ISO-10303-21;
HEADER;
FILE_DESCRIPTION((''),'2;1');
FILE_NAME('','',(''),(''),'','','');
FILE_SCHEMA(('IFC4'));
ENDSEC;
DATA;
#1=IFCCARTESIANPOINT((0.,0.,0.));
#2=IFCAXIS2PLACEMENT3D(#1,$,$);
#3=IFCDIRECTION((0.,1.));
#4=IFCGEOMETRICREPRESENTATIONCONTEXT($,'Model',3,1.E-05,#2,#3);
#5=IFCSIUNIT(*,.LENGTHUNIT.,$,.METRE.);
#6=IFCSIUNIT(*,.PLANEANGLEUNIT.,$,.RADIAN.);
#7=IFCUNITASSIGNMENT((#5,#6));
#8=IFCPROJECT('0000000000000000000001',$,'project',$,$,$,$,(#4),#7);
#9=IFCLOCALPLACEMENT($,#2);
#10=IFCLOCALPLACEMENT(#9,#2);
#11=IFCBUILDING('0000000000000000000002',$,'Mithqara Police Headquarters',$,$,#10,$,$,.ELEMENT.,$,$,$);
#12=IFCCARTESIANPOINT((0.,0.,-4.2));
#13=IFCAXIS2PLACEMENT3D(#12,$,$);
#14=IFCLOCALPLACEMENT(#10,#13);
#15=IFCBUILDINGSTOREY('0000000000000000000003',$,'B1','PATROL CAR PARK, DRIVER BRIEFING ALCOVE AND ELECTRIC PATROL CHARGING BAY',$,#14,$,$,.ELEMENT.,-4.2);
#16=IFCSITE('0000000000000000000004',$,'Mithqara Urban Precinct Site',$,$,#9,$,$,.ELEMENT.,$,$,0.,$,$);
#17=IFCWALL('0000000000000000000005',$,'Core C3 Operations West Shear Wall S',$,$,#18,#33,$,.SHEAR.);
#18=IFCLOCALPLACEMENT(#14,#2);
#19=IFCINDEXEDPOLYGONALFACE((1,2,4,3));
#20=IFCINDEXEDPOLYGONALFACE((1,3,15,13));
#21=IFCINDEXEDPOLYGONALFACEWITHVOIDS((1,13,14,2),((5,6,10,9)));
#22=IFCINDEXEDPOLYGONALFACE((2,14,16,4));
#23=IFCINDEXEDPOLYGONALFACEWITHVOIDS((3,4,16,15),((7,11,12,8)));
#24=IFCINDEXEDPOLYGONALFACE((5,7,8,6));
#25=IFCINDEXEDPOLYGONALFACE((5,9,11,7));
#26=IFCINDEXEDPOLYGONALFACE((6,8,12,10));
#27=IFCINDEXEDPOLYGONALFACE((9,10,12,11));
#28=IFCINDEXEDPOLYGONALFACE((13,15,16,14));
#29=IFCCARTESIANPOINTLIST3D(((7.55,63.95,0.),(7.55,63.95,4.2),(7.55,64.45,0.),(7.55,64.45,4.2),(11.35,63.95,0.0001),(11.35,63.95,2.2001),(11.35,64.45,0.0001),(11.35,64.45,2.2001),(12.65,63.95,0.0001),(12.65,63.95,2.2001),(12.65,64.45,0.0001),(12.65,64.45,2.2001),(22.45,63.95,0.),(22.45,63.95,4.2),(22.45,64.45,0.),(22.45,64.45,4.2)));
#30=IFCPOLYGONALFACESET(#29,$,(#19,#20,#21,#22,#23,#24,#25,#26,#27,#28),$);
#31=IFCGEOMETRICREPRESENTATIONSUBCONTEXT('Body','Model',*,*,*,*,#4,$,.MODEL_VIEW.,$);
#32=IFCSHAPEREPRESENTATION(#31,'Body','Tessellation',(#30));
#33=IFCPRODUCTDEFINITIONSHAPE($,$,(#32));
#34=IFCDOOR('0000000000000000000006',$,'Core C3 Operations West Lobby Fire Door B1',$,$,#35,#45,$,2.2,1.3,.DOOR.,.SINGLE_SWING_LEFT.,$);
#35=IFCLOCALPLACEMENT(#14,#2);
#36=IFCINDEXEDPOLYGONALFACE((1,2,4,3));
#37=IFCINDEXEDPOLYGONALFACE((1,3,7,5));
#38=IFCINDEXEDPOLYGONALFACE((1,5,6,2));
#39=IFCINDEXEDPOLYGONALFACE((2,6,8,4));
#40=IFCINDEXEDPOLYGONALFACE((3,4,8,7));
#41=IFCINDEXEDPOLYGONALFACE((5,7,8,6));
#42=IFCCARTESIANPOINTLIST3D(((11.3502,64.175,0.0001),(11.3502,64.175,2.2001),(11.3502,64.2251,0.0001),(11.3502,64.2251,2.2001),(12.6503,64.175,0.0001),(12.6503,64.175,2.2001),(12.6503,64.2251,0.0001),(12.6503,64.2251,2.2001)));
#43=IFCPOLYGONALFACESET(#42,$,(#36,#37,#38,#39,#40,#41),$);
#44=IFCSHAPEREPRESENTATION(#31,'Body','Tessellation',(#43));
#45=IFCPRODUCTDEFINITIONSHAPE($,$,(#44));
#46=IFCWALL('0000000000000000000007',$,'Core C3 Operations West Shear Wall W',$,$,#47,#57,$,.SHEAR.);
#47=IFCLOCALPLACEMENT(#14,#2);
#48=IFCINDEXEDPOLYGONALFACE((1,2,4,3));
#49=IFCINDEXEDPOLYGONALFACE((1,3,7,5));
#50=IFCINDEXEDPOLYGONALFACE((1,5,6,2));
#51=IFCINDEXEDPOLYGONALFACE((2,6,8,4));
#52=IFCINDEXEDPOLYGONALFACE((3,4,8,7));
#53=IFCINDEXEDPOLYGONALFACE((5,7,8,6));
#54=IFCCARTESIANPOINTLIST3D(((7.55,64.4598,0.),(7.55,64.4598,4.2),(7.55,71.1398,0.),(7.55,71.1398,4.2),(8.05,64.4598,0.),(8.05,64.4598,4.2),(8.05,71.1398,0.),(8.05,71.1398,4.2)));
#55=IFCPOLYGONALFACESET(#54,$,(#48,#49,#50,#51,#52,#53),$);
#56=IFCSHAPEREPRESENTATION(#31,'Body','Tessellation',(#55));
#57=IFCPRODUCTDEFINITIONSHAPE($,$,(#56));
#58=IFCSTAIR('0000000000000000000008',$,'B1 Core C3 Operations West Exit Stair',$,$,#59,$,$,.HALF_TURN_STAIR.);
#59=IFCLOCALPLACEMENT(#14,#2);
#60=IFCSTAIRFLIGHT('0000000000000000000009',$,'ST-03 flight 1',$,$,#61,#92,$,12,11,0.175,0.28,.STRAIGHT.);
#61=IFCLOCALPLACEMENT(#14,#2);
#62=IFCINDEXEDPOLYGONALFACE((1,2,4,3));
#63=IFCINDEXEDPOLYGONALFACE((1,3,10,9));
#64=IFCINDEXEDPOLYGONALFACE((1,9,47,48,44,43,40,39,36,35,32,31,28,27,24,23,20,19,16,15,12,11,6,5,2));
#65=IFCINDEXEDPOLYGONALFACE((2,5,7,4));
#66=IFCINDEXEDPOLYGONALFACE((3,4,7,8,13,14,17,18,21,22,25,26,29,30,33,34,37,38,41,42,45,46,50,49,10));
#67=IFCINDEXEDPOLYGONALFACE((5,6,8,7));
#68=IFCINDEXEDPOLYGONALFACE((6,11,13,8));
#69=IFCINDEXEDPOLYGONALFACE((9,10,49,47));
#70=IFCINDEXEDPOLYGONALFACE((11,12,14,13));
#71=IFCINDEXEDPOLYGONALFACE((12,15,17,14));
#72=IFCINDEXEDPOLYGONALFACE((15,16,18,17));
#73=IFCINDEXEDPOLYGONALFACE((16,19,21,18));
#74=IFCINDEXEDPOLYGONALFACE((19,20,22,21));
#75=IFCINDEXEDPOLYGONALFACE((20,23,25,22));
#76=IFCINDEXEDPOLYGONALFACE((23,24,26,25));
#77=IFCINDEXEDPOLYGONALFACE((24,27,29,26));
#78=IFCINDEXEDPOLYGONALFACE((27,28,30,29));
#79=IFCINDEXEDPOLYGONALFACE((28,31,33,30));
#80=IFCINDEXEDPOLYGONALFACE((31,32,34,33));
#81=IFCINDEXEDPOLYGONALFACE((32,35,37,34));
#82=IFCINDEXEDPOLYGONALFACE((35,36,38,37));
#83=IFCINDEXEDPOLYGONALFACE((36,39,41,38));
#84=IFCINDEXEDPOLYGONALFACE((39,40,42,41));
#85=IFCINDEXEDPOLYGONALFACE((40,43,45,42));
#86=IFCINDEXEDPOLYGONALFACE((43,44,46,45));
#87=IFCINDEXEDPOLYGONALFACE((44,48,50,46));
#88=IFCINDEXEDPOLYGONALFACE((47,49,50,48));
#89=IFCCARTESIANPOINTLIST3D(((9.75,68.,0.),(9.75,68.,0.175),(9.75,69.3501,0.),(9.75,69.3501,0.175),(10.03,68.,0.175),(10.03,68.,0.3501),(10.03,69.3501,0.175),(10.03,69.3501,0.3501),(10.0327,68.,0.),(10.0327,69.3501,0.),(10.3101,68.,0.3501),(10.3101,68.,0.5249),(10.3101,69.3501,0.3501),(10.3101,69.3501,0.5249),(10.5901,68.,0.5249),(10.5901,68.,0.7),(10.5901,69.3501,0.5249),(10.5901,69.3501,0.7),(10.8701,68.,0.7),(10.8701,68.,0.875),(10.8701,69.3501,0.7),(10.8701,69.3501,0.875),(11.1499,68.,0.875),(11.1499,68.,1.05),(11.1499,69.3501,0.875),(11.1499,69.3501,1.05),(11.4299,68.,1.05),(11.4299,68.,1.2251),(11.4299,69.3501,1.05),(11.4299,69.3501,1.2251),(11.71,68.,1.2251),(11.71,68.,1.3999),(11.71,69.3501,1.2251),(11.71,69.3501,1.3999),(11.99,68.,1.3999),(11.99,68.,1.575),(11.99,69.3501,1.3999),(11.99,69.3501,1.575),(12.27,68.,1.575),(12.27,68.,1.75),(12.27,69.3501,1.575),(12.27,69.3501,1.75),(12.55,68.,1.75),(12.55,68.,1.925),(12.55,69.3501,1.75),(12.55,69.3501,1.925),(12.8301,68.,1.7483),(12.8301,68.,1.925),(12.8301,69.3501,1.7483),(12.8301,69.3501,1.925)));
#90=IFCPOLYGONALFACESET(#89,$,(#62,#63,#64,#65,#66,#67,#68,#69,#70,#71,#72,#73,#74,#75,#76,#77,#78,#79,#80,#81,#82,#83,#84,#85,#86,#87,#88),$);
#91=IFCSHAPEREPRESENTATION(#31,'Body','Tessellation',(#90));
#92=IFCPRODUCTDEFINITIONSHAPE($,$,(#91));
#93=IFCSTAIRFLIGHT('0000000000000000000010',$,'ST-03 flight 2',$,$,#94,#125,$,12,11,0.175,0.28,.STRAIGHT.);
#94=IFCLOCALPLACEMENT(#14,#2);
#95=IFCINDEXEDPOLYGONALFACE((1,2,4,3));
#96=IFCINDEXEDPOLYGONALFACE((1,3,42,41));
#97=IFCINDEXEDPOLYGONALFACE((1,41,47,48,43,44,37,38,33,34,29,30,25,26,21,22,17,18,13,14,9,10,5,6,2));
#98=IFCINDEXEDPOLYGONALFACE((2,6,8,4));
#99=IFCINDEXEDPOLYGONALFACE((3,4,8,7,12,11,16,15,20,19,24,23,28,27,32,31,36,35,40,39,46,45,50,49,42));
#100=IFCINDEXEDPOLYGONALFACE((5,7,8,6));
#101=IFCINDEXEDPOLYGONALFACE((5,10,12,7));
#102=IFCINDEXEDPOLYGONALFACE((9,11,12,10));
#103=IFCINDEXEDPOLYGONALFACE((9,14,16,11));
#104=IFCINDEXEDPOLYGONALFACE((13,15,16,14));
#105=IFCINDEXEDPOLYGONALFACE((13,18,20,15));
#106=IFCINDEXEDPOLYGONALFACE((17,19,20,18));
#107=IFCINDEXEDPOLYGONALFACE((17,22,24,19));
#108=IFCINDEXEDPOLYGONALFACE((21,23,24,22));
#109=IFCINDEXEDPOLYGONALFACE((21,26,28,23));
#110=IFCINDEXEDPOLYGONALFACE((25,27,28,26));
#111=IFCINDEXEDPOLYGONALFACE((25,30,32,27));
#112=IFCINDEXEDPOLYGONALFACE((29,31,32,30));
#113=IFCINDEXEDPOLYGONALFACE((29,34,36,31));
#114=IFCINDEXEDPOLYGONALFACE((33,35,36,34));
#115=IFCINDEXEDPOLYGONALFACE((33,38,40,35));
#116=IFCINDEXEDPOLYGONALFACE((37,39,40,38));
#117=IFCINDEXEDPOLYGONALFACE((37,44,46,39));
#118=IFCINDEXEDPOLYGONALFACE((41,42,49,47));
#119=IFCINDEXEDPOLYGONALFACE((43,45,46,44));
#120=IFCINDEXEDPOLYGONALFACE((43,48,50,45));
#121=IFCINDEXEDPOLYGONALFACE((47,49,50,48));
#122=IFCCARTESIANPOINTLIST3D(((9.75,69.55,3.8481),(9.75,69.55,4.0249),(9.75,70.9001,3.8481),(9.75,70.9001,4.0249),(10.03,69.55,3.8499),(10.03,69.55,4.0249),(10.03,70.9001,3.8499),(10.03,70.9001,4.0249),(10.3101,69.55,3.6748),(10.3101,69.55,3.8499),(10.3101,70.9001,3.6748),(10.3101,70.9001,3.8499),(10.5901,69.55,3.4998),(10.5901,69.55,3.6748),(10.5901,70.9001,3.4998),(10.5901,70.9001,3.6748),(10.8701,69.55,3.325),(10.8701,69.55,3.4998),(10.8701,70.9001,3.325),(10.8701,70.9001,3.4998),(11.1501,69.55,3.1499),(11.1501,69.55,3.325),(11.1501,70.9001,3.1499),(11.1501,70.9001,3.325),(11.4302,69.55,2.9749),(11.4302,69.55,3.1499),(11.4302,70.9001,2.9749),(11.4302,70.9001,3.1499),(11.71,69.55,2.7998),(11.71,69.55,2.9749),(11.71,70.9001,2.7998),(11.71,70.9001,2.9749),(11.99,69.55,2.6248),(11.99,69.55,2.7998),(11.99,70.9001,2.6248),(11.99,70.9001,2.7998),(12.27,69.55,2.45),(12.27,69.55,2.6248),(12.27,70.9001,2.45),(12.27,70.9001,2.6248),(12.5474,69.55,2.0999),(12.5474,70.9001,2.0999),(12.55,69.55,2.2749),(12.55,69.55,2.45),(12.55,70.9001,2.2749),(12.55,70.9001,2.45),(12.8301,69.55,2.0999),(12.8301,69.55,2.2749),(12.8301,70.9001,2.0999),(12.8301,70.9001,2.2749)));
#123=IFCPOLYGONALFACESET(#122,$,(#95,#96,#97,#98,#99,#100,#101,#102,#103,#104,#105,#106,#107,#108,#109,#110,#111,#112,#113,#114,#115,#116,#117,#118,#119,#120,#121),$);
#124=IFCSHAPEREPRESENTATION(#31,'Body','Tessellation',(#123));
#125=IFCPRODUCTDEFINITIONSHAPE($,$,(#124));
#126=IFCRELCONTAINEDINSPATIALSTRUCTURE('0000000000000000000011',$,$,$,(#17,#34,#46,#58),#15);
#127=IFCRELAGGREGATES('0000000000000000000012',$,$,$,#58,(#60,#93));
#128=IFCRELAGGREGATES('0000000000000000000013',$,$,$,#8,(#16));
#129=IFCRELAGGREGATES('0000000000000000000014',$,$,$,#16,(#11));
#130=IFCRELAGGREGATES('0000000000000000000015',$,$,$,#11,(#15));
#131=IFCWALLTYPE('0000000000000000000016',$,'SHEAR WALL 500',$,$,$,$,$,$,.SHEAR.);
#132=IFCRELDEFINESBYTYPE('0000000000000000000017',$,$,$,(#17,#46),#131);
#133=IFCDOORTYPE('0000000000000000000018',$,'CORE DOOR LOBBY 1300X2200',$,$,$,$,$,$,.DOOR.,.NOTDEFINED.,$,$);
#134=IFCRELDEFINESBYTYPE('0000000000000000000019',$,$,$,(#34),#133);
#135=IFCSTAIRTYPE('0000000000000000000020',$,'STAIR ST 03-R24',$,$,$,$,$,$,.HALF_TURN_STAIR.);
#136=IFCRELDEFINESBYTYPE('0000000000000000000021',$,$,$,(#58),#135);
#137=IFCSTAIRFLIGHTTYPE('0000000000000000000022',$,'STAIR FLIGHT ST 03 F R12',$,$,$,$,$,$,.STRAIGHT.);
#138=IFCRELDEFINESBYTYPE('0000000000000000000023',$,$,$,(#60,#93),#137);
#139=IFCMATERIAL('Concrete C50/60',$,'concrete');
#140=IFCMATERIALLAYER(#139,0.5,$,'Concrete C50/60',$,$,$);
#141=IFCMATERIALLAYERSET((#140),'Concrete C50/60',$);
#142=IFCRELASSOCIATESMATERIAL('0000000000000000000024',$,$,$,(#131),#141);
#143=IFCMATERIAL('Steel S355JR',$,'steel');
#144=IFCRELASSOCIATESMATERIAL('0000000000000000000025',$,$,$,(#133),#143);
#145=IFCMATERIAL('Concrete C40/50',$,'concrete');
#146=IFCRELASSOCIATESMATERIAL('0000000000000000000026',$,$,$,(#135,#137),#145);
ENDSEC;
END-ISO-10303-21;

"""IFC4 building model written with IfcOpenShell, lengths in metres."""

from ifc_helpers import new_model, si_unit, direction, frame, frame_2d, origin, place, context, subcontext, project, spatial, polyline, rectangle, outline, extrude, material, layer, layer_set, type_object, element, fill, aggregate, save


model = new_model("IFC4")

# Units and contexts
model_context = context("Model", 3, precision=1e-05, world=origin(), true_north=direction((0.0, 1.0)))
body_context = subcontext(model_context, "Body", "Model", "MODEL_VIEW")
ifc_project = project(units=[si_unit("LENGTHUNIT", "METRE"), si_unit("PLANEANGLEUNIT", "RADIAN")], contexts=[model_context])

# Site, building, storey
site_placement = place(None, origin())
site = spatial("IfcSite", under=ifc_project, at=site_placement, Name="Mithqara Urban Precinct Site", CompositionType="ELEMENT", RefElevation=0.0)
building_placement = place(site_placement, origin())
building = spatial("IfcBuilding", under=site, at=building_placement, Name="Mithqara Police Headquarters", CompositionType="ELEMENT")
storey_placement = place(building_placement, frame((0.0, 0.0, -4.2)))
storey = spatial("IfcBuildingStorey", under=building, at=storey_placement, Name="B1", Description="PATROL CAR PARK, DRIVER BRIEFING ALCOVE AND ELECTRIC PATROL CHARGING BAY", CompositionType="ELEMENT", Elevation=-4.2)

# Shared definitions
ifc_material_1 = material(Name="Steel S355JR", Category="steel")
ifc_material_2 = material(Name="Concrete C40/50", Category="concrete")

# Shared definitions
ifc_material_3 = material(Name="Concrete C50/60", Category="concrete")
ifc_layer_1 = layer(ifc_material_3, 0.5, Name="Concrete C50/60")
ifc_layer_set_1 = layer_set([ifc_layer_1], Name="Concrete C50/60")
wall_type_1 = type_object("IfcWallType", Name="SHEAR WALL 500", PredefinedType="SHEAR", material=ifc_layer_set_1)

# Wall, opening, door
wall_1_placement = place(storey_placement, frame((7.55, 64.2, 0.0), z_axis=(0.0, 0.0, 1.0), x_axis=(1.0, 0.0, 0.0)))
wall_1 = element("IfcWall", 1, at=wall_1_placement, inside=storey, type_object=wall_type_1, Name="Core C3 Operations West Shear Wall S", PredefinedType="SHEAR", context=body_context, shape_type="SweptSolid", body=[
    extrude(rectangle(XDim=14.8999, YDim=0.5, at=frame_2d((7.45, 0.0))), origin(), (0.0, 0.0, 1.0), 4.2),
])
opening_1_placement = place(wall_1_placement, frame((3.8, 0.0, 0.0)))
opening_1 = element("IfcOpeningElement", 2, at=opening_1_placement, cuts=wall_1, PredefinedType="OPENING", context=body_context, shape_type="SweptSolid", body=[
    extrude(rectangle(XDim=1.3, YDim=2.2, at=frame_2d((0.6499, 1.1001))), frame((0.0, 0.26, 0.0), z_axis=(0.0, -1.0, 0.0), x_axis=(1.0, 0.0, 0.0)), (0.0, 0.0, 1.0), 0.52),
])
door_type_1 = type_object("IfcDoorType", Name="CORE DOOR LOBBY 1300X2200", OperationType="NOTDEFINED", PredefinedType="DOOR", material=ifc_material_1)
door_1_placement = place(opening_1_placement, frame((1.3, 0.0, 0.0), z_axis=(0.0, 0.0, 1.0), x_axis=(-1.0, 0.0, 0.0)))
door_1 = element("IfcDoor", 3, at=door_1_placement, inside=storey, type_object=door_type_1, Name="Core C3 Operations West Lobby Fire Door B1", OperationType="SINGLE_SWING_LEFT", OverallHeight=2.2, OverallWidth=1.3, PredefinedType="DOOR", context=body_context, shape_type="SweptSolid", body=[
    extrude(rectangle(XDim=1.3, YDim=2.2, at=frame_2d((0.6499, 1.1001))), frame((0.0, 0.0249, 0.0), z_axis=(0.0, -1.0, 0.0), x_axis=(1.0, 0.0, 0.0)), (0.0, 0.0, 1.0), 0.05),
])
fill(opening_1, door_1)

# Wall
wall_2_placement = place(storey_placement, frame((7.8, 64.46, 0.0), z_axis=(0.0, 0.0, 1.0), x_axis=(0.0, 1.0, 0.0)))
element("IfcWall", 4, at=wall_2_placement, inside=storey, type_object=wall_type_1, Name="Core C3 Operations West Shear Wall W", PredefinedType="SHEAR", context=body_context, shape_type="SweptSolid", body=[
    extrude(rectangle(XDim=6.6799, YDim=0.5, at=frame_2d((3.3398, 0.0))), origin(), (0.0, 0.0, 1.0), 4.2),
])

# Stair, stair flights
stair_type = type_object("IfcStairType", Name="STAIR ST 03-R24", PredefinedType="HALF_TURN_STAIR", material=ifc_material_2)
stair_placement = place(storey_placement, origin())
stair = element("IfcStair", 5, at=stair_placement, inside=storey, type_object=stair_type, Name="B1 Core C3 Operations West Exit Stair", PredefinedType="HALF_TURN_STAIR")
stair_flight_type = type_object("IfcStairFlightType", Name="STAIR FLIGHT ST 03 F R12", PredefinedType="STRAIGHT", material=ifc_material_2)
stair_flight_1_placement = place(storey_placement, frame((9.75, 68.675, 0.0), z_axis=(0.0, 0.0, 1.0), x_axis=(1.0, 0.0, 0.0)))
stair_flight_1 = element("IfcStairFlight", 6, at=stair_flight_1_placement, type_object=stair_flight_type, Name="ST-03 flight 1", NumberOfRisers=12, NumberOfTreads=11, PredefinedType="STRAIGHT", RiserHeight=0.175, TreadLength=0.28, context=body_context, shape_type="SweptSolid", body=[
    extrude(outline(polyline([(0.0, 0.0), (0.0, 0.175), (0.28, 0.175), (0.28, 0.3501), (0.5601, 0.3501), (0.5601, 0.5249), (0.8401, 0.5249), (0.8401, 0.7), (1.1201, 0.7), (1.1201, 0.875), (1.3999, 0.875), (1.3999, 1.05), (1.6799, 1.05), (1.6799, 1.2251), (1.96, 1.2251), (1.96, 1.3999), (2.24, 1.3999), (2.24, 1.575), (2.52, 1.575), (2.52, 1.75), (2.8, 1.75), (2.8, 1.925), (3.0801, 1.925), (3.0801, 2.1001), (3.0801, 1.7483), (0.2827, 0.0), (0.0, 0.0)])), frame((0.0, 0.675, 0.0), z_axis=(0.0, -1.0, 0.0), x_axis=(1.0, 0.0, 0.0)), (0.0, 0.0, 1.0), 1.3501),
])
stair_flight_2_placement = place(storey_placement, frame((12.8301, 70.2251, 2.0999), z_axis=(0.0, 0.0, 1.0), x_axis=(-1.0, 0.0, 0.0)))
stair_flight_2 = element("IfcStairFlight", 7, at=stair_flight_2_placement, type_object=stair_flight_type, Name="ST-03 flight 2", NumberOfRisers=12, NumberOfTreads=11, PredefinedType="STRAIGHT", RiserHeight=0.175, TreadLength=0.28, context=body_context, shape_type="SweptSolid", body=[
    extrude(outline(polyline([(0.0, 0.0), (0.0, 0.175), (0.28, 0.175), (0.28, 0.3501), (0.5601, 0.3501), (0.5601, 0.5249), (0.8401, 0.5249), (0.8401, 0.7), (1.1201, 0.7), (1.1201, 0.875), (1.3999, 0.875), (1.3999, 1.05), (1.6799, 1.05), (1.6799, 1.2251), (1.96, 1.2251), (1.96, 1.3999), (2.24, 1.3999), (2.24, 1.575), (2.52, 1.575), (2.52, 1.75), (2.8, 1.75), (2.8, 1.925), (3.0801, 1.925), (3.0801, 2.1001), (3.0801, 1.7483), (0.2827, 0.0), (0.0, 0.0)])), frame((0.0, 0.675, 0.0), z_axis=(0.0, -1.0, 0.0), x_axis=(1.0, 0.0, 0.0)), (0.0, 0.0, 1.0), 1.3501),
])
aggregate(stair, [stair_flight_1, stair_flight_2])

save(model, "model.ifc")
